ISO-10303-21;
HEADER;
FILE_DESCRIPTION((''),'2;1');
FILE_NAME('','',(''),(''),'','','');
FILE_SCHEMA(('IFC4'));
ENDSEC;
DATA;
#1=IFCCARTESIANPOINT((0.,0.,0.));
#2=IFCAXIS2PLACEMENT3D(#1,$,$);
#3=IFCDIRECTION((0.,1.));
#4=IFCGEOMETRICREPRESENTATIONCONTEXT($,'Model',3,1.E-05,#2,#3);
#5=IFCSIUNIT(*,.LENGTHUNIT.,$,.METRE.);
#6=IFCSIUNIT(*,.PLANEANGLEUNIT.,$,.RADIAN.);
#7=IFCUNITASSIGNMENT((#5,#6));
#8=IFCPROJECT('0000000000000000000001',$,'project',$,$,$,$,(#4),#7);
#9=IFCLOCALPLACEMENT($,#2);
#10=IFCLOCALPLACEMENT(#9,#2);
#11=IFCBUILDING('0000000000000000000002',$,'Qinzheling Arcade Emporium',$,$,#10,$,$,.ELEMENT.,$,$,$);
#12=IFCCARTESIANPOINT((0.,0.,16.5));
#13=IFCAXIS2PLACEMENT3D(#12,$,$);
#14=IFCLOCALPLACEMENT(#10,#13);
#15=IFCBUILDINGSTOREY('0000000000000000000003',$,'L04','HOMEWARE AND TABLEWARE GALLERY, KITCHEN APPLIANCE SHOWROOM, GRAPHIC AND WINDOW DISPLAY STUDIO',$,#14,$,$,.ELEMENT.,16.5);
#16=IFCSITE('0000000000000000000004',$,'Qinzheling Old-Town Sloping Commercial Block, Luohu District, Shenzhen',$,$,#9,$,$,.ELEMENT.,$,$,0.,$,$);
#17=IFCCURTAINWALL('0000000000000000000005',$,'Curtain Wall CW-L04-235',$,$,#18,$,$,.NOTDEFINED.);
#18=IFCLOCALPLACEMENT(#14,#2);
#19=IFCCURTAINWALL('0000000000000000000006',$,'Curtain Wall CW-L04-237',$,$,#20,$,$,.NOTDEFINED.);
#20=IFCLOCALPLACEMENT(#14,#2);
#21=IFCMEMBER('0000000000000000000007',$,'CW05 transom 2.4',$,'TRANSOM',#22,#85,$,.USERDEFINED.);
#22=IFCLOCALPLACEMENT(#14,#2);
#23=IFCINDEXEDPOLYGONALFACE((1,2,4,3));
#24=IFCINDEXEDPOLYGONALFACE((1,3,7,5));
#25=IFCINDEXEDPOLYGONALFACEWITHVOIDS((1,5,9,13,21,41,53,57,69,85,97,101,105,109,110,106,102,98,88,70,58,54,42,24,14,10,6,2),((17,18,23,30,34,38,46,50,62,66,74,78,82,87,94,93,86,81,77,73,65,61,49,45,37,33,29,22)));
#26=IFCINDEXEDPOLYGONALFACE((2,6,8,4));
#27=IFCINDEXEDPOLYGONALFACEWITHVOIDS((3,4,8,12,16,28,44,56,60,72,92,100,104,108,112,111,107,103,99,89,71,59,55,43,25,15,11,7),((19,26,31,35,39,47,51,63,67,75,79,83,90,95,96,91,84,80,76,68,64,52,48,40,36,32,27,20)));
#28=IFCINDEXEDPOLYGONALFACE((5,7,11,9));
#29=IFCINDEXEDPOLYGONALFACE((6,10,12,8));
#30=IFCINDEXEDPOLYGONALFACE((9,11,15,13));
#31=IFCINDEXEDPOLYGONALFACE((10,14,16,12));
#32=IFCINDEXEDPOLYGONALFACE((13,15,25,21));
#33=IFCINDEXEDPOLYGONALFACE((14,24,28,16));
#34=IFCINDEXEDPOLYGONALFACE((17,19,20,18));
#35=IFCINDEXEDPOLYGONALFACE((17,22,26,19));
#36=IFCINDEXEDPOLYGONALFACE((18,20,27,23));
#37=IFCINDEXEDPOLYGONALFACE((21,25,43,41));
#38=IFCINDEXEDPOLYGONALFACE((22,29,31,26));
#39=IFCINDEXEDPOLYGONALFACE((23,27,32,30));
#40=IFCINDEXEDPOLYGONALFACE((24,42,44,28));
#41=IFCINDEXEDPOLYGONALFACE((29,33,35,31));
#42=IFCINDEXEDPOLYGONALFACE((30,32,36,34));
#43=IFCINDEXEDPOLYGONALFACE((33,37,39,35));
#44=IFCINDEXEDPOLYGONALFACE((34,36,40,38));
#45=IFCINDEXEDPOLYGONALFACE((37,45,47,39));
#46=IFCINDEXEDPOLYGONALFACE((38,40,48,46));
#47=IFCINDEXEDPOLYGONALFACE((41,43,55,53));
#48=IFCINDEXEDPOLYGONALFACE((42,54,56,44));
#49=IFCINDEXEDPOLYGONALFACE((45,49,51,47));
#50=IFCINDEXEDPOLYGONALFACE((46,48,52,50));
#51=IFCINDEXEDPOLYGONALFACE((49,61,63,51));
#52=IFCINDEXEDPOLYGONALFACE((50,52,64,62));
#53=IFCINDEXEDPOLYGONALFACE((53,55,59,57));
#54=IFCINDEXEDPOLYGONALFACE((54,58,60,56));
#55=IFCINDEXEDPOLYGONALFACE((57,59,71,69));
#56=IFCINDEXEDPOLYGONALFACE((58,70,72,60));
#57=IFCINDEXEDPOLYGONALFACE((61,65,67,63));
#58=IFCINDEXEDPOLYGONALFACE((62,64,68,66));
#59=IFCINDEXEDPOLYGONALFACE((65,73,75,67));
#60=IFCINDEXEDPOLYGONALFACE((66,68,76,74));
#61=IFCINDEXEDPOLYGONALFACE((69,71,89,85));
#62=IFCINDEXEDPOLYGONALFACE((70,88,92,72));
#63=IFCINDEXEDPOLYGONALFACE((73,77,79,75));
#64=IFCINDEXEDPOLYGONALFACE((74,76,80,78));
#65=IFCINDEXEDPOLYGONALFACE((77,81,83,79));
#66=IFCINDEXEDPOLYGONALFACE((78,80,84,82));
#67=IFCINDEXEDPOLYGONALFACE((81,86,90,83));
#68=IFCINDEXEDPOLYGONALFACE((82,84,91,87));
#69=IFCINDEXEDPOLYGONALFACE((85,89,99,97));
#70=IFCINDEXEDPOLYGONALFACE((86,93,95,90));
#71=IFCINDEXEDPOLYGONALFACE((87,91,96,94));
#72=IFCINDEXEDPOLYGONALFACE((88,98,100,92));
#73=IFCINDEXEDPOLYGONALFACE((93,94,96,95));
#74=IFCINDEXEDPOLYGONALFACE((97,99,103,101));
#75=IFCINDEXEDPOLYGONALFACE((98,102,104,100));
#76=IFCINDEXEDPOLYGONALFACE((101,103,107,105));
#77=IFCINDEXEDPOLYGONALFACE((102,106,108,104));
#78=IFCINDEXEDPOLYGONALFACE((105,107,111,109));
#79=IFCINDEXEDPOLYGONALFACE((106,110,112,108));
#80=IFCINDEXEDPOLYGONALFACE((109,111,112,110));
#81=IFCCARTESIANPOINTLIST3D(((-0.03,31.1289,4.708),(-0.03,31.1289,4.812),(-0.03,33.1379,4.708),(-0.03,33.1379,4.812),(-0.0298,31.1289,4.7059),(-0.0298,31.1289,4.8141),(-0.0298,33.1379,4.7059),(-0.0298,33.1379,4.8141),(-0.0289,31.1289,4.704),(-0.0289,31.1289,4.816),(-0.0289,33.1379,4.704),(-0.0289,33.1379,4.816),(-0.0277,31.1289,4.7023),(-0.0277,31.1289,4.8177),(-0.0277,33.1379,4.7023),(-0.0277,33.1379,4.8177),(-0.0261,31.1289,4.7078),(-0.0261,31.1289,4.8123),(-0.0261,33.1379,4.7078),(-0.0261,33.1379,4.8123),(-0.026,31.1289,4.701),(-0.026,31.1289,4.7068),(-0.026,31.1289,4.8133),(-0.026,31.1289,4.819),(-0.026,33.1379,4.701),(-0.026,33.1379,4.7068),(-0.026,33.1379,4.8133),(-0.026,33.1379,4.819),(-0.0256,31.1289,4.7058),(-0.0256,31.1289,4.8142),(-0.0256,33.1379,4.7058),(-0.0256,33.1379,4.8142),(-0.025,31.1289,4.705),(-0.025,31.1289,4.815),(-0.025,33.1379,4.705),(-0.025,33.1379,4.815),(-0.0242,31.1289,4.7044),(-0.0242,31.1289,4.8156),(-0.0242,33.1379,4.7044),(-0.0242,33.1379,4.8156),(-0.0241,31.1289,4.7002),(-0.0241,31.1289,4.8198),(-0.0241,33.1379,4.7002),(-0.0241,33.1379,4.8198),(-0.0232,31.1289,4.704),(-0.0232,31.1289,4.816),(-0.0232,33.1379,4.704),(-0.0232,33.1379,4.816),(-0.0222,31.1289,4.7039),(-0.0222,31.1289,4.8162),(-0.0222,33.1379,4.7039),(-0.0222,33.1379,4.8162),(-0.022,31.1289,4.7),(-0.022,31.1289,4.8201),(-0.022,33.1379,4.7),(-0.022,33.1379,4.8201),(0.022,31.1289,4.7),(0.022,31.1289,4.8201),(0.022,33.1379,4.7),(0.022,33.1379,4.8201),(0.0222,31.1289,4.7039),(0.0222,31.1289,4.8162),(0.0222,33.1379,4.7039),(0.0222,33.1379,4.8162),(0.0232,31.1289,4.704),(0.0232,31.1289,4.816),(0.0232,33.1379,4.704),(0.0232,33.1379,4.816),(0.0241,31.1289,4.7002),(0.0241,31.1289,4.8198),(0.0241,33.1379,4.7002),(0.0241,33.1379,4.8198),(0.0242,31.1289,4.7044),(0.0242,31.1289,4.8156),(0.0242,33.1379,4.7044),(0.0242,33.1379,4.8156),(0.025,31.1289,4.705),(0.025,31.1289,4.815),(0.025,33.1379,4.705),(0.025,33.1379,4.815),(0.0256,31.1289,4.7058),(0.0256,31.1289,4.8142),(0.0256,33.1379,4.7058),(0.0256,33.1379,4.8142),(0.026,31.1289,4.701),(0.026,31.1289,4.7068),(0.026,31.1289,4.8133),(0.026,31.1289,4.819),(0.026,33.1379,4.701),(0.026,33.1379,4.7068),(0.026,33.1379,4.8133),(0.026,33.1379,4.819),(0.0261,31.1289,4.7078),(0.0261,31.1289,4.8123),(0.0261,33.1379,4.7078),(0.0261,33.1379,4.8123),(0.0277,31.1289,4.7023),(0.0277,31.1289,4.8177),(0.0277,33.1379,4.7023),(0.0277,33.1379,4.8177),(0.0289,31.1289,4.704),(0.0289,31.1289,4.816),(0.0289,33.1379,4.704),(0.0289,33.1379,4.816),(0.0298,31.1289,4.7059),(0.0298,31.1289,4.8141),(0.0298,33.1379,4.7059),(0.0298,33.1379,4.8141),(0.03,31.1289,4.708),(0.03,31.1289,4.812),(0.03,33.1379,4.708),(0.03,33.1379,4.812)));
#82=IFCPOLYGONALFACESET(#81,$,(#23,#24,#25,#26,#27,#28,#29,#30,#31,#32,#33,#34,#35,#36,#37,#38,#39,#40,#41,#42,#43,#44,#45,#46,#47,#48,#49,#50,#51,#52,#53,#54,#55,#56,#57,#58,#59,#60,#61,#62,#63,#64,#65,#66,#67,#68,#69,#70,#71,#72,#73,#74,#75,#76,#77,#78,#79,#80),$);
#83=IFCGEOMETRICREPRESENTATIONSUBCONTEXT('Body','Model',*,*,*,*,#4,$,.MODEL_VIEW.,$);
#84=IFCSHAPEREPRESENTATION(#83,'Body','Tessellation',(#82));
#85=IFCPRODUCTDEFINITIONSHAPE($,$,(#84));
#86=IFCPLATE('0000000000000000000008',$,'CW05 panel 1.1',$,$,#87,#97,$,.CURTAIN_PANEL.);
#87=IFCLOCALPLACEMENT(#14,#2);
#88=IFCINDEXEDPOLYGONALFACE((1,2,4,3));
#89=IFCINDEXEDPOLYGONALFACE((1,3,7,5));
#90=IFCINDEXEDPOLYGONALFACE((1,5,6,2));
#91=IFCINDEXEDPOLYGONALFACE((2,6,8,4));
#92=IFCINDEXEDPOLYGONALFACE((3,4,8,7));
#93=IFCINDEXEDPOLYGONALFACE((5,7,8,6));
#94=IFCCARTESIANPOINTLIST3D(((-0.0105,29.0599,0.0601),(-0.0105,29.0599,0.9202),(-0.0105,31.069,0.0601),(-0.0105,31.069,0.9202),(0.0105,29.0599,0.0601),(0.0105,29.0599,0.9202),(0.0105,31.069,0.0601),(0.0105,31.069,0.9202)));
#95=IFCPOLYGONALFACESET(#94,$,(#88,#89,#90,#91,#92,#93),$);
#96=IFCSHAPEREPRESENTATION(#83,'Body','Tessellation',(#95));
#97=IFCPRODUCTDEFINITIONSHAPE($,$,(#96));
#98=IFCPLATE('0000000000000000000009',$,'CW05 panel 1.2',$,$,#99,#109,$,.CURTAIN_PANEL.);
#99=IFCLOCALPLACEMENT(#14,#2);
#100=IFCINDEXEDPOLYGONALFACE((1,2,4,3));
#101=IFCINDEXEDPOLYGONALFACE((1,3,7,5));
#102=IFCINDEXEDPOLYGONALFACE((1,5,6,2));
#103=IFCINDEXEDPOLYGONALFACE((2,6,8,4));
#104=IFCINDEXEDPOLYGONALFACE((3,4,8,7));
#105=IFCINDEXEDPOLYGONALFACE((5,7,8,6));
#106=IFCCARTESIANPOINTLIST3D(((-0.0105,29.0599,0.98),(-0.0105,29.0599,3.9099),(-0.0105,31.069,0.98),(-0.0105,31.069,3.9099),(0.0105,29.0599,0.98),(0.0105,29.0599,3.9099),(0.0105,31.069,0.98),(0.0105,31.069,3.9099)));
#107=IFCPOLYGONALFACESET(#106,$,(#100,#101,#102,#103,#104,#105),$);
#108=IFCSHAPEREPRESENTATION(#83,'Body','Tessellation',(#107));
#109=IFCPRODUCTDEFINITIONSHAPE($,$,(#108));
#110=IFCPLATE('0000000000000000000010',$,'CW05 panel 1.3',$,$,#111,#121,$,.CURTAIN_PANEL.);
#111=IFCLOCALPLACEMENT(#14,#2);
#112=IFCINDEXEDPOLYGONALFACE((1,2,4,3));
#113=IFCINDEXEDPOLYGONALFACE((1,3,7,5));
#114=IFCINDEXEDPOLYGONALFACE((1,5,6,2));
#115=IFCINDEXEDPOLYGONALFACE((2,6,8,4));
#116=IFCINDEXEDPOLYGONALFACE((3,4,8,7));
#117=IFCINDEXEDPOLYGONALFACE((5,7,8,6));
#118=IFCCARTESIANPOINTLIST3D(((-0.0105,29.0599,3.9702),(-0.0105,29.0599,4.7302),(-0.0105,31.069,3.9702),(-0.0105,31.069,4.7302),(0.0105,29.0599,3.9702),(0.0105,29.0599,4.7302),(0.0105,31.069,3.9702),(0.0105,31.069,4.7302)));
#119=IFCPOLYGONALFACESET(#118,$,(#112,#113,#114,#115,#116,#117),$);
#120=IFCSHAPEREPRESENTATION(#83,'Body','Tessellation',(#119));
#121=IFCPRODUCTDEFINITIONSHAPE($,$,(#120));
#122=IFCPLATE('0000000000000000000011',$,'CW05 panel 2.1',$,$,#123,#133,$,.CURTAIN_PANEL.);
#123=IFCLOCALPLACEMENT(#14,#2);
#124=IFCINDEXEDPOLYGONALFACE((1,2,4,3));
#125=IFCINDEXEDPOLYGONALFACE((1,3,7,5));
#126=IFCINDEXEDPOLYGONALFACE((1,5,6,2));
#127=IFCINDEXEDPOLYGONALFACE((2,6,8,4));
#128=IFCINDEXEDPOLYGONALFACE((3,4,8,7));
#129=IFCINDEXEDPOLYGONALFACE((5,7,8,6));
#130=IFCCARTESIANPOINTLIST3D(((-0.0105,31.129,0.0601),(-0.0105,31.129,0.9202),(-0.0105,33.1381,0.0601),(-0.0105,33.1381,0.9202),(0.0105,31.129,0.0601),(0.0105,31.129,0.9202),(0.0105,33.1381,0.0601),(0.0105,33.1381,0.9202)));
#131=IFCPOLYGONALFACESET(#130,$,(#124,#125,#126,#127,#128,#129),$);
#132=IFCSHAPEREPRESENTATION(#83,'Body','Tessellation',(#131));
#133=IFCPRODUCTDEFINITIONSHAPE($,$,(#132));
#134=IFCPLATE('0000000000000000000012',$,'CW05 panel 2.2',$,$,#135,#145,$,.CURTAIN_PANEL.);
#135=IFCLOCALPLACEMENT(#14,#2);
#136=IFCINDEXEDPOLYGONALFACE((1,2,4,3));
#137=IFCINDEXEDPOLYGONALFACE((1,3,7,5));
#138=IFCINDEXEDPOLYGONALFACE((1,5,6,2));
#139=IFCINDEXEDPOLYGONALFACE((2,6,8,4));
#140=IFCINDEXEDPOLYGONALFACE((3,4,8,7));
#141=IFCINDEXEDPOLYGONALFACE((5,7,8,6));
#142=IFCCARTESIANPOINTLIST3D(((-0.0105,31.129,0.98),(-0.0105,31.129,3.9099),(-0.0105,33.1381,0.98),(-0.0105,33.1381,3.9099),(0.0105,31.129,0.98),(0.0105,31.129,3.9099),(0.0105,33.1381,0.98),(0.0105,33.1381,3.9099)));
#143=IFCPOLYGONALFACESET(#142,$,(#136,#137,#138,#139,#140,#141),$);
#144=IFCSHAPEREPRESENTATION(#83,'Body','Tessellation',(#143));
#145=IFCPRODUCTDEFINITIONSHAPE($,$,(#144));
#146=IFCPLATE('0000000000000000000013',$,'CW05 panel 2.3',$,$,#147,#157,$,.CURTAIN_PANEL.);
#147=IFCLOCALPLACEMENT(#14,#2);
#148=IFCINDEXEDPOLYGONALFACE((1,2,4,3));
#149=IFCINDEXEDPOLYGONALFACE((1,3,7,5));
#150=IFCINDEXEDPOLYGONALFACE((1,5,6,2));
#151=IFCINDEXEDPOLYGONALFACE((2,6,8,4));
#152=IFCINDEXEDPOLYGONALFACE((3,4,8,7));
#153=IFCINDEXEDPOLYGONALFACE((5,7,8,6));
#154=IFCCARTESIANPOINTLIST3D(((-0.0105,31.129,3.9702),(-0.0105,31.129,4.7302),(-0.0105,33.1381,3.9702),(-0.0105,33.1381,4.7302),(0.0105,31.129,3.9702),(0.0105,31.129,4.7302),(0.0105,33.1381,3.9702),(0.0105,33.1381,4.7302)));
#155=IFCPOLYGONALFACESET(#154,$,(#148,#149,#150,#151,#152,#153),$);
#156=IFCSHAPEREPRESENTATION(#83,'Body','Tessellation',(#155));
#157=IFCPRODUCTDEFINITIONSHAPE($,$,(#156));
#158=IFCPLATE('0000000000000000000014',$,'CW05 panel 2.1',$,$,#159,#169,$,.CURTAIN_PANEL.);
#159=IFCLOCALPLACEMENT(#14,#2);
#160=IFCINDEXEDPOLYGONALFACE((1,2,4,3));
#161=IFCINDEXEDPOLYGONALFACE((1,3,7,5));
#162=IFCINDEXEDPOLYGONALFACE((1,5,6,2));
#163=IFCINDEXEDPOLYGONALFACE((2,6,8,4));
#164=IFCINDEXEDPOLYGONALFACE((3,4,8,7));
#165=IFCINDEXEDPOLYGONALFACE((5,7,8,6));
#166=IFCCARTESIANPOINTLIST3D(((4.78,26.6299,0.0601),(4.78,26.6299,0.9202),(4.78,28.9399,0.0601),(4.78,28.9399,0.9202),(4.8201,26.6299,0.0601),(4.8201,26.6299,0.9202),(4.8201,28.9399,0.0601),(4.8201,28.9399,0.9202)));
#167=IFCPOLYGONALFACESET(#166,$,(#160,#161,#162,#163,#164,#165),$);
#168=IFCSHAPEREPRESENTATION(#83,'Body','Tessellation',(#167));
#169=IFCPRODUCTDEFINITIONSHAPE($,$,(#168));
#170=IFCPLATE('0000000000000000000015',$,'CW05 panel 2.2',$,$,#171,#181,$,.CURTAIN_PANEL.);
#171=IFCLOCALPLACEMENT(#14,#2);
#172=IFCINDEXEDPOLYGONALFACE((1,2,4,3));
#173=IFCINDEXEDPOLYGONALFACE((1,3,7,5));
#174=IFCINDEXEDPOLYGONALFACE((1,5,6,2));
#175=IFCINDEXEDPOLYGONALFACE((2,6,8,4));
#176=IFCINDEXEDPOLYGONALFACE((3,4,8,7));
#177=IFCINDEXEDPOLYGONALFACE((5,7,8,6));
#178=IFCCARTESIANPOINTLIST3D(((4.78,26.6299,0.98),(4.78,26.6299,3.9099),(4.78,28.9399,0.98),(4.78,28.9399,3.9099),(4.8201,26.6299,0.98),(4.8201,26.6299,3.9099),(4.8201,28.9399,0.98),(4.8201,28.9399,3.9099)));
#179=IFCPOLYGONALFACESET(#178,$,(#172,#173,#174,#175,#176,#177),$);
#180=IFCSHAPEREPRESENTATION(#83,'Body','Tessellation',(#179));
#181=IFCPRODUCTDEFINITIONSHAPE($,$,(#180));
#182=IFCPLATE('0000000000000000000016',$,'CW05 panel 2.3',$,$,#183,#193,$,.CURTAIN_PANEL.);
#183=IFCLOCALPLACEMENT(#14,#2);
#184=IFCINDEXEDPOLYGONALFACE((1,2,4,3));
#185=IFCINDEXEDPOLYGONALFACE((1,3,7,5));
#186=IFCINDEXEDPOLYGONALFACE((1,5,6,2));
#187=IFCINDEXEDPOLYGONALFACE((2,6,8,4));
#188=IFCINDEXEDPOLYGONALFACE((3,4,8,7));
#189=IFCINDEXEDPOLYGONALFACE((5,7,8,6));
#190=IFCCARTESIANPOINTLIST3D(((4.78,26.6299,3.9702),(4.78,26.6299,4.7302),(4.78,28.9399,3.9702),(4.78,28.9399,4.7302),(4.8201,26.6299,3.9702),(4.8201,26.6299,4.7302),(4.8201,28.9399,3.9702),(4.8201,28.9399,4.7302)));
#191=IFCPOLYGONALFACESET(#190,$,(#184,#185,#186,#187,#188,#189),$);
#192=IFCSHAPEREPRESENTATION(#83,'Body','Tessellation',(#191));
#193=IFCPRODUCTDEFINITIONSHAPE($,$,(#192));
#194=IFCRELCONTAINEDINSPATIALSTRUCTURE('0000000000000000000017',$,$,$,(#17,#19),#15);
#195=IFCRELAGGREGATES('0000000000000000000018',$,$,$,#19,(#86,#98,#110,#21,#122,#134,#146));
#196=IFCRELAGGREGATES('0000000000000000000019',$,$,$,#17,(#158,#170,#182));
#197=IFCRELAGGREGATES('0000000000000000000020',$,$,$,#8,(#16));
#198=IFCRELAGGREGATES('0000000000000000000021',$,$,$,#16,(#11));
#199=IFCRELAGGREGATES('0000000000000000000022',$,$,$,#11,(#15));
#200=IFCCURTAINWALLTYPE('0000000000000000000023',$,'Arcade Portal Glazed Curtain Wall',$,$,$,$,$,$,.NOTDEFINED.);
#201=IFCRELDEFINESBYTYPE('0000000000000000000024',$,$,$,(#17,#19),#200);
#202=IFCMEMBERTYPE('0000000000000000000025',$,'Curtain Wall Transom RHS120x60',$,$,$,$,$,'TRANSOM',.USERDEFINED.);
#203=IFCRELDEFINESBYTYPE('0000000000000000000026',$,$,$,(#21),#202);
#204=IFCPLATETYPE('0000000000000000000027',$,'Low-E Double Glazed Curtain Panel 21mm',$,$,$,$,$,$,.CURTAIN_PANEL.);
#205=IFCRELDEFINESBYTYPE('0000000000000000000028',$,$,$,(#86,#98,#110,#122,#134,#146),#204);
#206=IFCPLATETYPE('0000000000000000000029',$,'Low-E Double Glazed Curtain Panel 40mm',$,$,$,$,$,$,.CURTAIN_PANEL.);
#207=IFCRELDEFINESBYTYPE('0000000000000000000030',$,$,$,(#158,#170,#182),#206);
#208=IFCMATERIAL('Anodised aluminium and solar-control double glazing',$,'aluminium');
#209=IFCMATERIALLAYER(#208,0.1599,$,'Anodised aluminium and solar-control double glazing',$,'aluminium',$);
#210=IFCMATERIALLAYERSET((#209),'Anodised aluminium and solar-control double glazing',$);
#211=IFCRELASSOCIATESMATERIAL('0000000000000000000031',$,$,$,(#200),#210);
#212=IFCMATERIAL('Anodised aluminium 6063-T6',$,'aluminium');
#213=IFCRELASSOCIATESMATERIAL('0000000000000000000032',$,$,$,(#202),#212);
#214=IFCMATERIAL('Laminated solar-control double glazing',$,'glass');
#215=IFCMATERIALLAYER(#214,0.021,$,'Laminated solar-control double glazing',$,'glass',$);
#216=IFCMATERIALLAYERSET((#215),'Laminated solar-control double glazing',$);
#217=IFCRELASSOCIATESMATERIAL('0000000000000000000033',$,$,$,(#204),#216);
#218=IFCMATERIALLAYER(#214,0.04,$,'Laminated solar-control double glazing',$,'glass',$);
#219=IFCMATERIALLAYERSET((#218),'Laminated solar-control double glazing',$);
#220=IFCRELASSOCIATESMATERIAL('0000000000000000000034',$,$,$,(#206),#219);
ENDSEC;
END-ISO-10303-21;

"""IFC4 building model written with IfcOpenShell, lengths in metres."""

from ifc_helpers import new_model, si_unit, direction, frame, origin, origin_2d, place, context, subcontext, project, spatial, rectangle, hollow_rectangle, extrude, material, layer, layer_set, material_profile, profile_set, type_object, element, aggregate, save


model = new_model("IFC4")

# Units and contexts
model_context = context("Model", 3, precision=1e-05, world=origin(), true_north=direction((0.0, 1.0)))
body_context = subcontext(model_context, "Body", "Model", "MODEL_VIEW")
ifc_project = project(units=[si_unit("LENGTHUNIT", "METRE"), si_unit("PLANEANGLEUNIT", "RADIAN")], contexts=[model_context])

# Site, building, storey
site_placement = place(None, origin())
site = spatial("IfcSite", under=ifc_project, at=site_placement, Name="Qinzheling Old-Town Sloping Commercial Block, Luohu District, Shenzhen", CompositionType="ELEMENT", RefElevation=0.0)
building_placement = place(site_placement, origin())
building = spatial("IfcBuilding", under=site, at=building_placement, Name="Qinzheling Arcade Emporium", CompositionType="ELEMENT")
storey_placement = place(building_placement, frame((0.0, 0.0, 16.5)))
storey = spatial("IfcBuildingStorey", under=building, at=storey_placement, Name="L04", Description="HOMEWARE AND TABLEWARE GALLERY, KITCHEN APPLIANCE SHOWROOM, GRAPHIC AND WINDOW DISPLAY STUDIO", CompositionType="ELEMENT", Elevation=16.5)

# Curtain wall
ifc_material_1 = material(Name="Anodised aluminium and solar-control double glazing", Category="aluminium")
ifc_layer_1 = layer(ifc_material_1, 0.1599, Name="Anodised aluminium and solar-control double glazing", Category="aluminium")
ifc_layer_set_1 = layer_set([ifc_layer_1], Name="Anodised aluminium and solar-control double glazing")
curtain_wall_type = type_object("IfcCurtainWallType", Name="Arcade Portal Glazed Curtain Wall", PredefinedType="NOTDEFINED", material=ifc_layer_set_1)
curtain_wall_1_placement = place(storey_placement, origin())
curtain_wall_1 = element("IfcCurtainWall", 1, at=curtain_wall_1_placement, inside=storey, type_object=curtain_wall_type, Name="Curtain Wall CW-L04-235", PredefinedType="NOTDEFINED")
ifc_material_2 = material(Name="Anodised aluminium 6063-T6", Category="aluminium")

# Curtain wall
curtain_wall_2_placement = place(storey_placement, origin())
curtain_wall_2 = element("IfcCurtainWall", 2, at=curtain_wall_2_placement, inside=storey, type_object=curtain_wall_type, Name="Curtain Wall CW-L04-237", PredefinedType="NOTDEFINED")

# Member
ifc_material_profile_1 = material_profile(ifc_material_2, hollow_rectangle(XDim=0.0601, YDim=0.1201, WallThickness=0.0039, InnerFilletRadius=0.0039, OuterFilletRadius=0.0081, at=origin_2d()), Name="RHS 120x60x4", Category="aluminium")
ifc_profile_set_1 = profile_set([ifc_material_profile_1], Name="Anodised aluminium 6063-T6")
member_type_1 = type_object("IfcMemberType", Name="Curtain Wall Transom RHS120x60", ElementType="TRANSOM", PredefinedType="USERDEFINED", material=ifc_profile_set_1)
member_1_placement = place(storey_placement, frame((0.0, 31.1289, 4.76), z_axis=(0.0, 1.0, 0.0), x_axis=(-1.0, 0.0, 0.0)))
member_1 = element("IfcMember", 3, at=member_1_placement, type_object=member_type_1, Name="CW05 transom 2.4", ObjectType="TRANSOM", PredefinedType="USERDEFINED", context=body_context, shape_type="SweptSolid", body=[
    extrude(hollow_rectangle(XDim=0.0601, YDim=0.1201, WallThickness=0.0039, InnerFilletRadius=0.0039, OuterFilletRadius=0.0081, at=origin_2d()), origin(), (0.0, 0.0, 1.0), 2.009),
])

# Plates
ifc_material_3 = material(Name="Laminated solar-control double glazing", Category="glass")
ifc_layer_2 = layer(ifc_material_3, 0.021, Name="Laminated solar-control double glazing", Category="glass")
ifc_layer_set_2 = layer_set([ifc_layer_2], Name="Laminated solar-control double glazing")
plate_type_1 = type_object("IfcPlateType", Name="Low-E Double Glazed Curtain Panel 21mm", PredefinedType="CURTAIN_PANEL", material=ifc_layer_set_2)
plate_1_placement = place(storey_placement, frame((0.0, 30.0645, 0.0601), z_axis=(0.0, 0.0, 1.0), x_axis=(0.0, 1.0, 0.0)))
plate_1 = element("IfcPlate", 4, at=plate_1_placement, type_object=plate_type_1, Name="CW05 panel 1.1", PredefinedType="CURTAIN_PANEL", context=body_context, shape_type="SweptSolid", body=[
    extrude(rectangle(XDim=2.009, YDim=0.021, at=origin_2d()), origin(), (0.0, 0.0, 1.0), 0.8601),
])
plate_2_placement = place(storey_placement, frame((0.0, 30.0645, 0.98), z_axis=(0.0, 0.0, 1.0), x_axis=(0.0, 1.0, 0.0)))
plate_2 = element("IfcPlate", 5, at=plate_2_placement, type_object=plate_type_1, Name="CW05 panel 1.2", PredefinedType="CURTAIN_PANEL", context=body_context, shape_type="SweptSolid", body=[
    extrude(rectangle(XDim=2.009, YDim=0.021, at=origin_2d()), origin(), (0.0, 0.0, 1.0), 2.9299),
])
plate_3_placement = place(storey_placement, frame((0.0, 30.0645, 3.9702), z_axis=(0.0, 0.0, 1.0), x_axis=(0.0, 1.0, 0.0)))
plate_3 = element("IfcPlate", 6, at=plate_3_placement, type_object=plate_type_1, Name="CW05 panel 1.3", PredefinedType="CURTAIN_PANEL", context=body_context, shape_type="SweptSolid", body=[
    extrude(rectangle(XDim=2.009, YDim=0.021, at=origin_2d()), origin(), (0.0, 0.0, 1.0), 0.76),
])
plate_4_placement = place(storey_placement, frame((0.0, 32.1335, 0.0601), z_axis=(0.0, 0.0, 1.0), x_axis=(0.0, 1.0, 0.0)))
plate_4 = element("IfcPlate", 7, at=plate_4_placement, type_object=plate_type_1, Name="CW05 panel 2.1", PredefinedType="CURTAIN_PANEL", context=body_context, shape_type="SweptSolid", body=[
    extrude(rectangle(XDim=2.009, YDim=0.021, at=origin_2d()), origin(), (0.0, 0.0, 1.0), 0.8601),
])
plate_5_placement = place(storey_placement, frame((0.0, 32.1335, 0.98), z_axis=(0.0, 0.0, 1.0), x_axis=(0.0, 1.0, 0.0)))
plate_5 = element("IfcPlate", 8, at=plate_5_placement, type_object=plate_type_1, Name="CW05 panel 2.2", PredefinedType="CURTAIN_PANEL", context=body_context, shape_type="SweptSolid", body=[
    extrude(rectangle(XDim=2.009, YDim=0.021, at=origin_2d()), origin(), (0.0, 0.0, 1.0), 2.9299),
])
plate_6_placement = place(storey_placement, frame((0.0, 32.1335, 3.9702), z_axis=(0.0, 0.0, 1.0), x_axis=(0.0, 1.0, 0.0)))
plate_6 = element("IfcPlate", 9, at=plate_6_placement, type_object=plate_type_1, Name="CW05 panel 2.3", PredefinedType="CURTAIN_PANEL", context=body_context, shape_type="SweptSolid", body=[
    extrude(rectangle(XDim=2.009, YDim=0.021, at=origin_2d()), origin(), (0.0, 0.0, 1.0), 0.76),
])
aggregate(curtain_wall_2, [plate_1, plate_2, plate_3, member_1, plate_4, plate_5, plate_6])
ifc_layer_3 = layer(ifc_material_3, 0.04, Name="Laminated solar-control double glazing", Category="glass")
ifc_layer_set_3 = layer_set([ifc_layer_3], Name="Laminated solar-control double glazing")
plate_type_2 = type_object("IfcPlateType", Name="Low-E Double Glazed Curtain Panel 40mm", PredefinedType="CURTAIN_PANEL", material=ifc_layer_set_3)
plate_7_placement = place(storey_placement, frame((4.8, 27.7849, 0.0601), z_axis=(0.0, 0.0, 1.0), x_axis=(0.0, 1.0, 0.0)))
plate_7 = element("IfcPlate", 10, at=plate_7_placement, type_object=plate_type_2, Name="CW05 panel 2.1", PredefinedType="CURTAIN_PANEL", context=body_context, shape_type="SweptSolid", body=[
    extrude(rectangle(XDim=2.3101, YDim=0.04, at=origin_2d()), origin(), (0.0, 0.0, 1.0), 0.8601),
])
plate_8_placement = place(storey_placement, frame((4.8, 27.7849, 0.98), z_axis=(0.0, 0.0, 1.0), x_axis=(0.0, 1.0, 0.0)))
plate_8 = element("IfcPlate", 11, at=plate_8_placement, type_object=plate_type_2, Name="CW05 panel 2.2", PredefinedType="CURTAIN_PANEL", context=body_context, shape_type="SweptSolid", body=[
    extrude(rectangle(XDim=2.3101, YDim=0.04, at=origin_2d()), origin(), (0.0, 0.0, 1.0), 2.9299),
])
plate_9_placement = place(storey_placement, frame((4.8, 27.7849, 3.9702), z_axis=(0.0, 0.0, 1.0), x_axis=(0.0, 1.0, 0.0)))
plate_9 = element("IfcPlate", 12, at=plate_9_placement, type_object=plate_type_2, Name="CW05 panel 2.3", PredefinedType="CURTAIN_PANEL", context=body_context, shape_type="SweptSolid", body=[
    extrude(rectangle(XDim=2.3101, YDim=0.04, at=origin_2d()), origin(), (0.0, 0.0, 1.0), 0.76),
])
aggregate(curtain_wall_1, [plate_7, plate_8, plate_9])

save(model, "model.ifc")
